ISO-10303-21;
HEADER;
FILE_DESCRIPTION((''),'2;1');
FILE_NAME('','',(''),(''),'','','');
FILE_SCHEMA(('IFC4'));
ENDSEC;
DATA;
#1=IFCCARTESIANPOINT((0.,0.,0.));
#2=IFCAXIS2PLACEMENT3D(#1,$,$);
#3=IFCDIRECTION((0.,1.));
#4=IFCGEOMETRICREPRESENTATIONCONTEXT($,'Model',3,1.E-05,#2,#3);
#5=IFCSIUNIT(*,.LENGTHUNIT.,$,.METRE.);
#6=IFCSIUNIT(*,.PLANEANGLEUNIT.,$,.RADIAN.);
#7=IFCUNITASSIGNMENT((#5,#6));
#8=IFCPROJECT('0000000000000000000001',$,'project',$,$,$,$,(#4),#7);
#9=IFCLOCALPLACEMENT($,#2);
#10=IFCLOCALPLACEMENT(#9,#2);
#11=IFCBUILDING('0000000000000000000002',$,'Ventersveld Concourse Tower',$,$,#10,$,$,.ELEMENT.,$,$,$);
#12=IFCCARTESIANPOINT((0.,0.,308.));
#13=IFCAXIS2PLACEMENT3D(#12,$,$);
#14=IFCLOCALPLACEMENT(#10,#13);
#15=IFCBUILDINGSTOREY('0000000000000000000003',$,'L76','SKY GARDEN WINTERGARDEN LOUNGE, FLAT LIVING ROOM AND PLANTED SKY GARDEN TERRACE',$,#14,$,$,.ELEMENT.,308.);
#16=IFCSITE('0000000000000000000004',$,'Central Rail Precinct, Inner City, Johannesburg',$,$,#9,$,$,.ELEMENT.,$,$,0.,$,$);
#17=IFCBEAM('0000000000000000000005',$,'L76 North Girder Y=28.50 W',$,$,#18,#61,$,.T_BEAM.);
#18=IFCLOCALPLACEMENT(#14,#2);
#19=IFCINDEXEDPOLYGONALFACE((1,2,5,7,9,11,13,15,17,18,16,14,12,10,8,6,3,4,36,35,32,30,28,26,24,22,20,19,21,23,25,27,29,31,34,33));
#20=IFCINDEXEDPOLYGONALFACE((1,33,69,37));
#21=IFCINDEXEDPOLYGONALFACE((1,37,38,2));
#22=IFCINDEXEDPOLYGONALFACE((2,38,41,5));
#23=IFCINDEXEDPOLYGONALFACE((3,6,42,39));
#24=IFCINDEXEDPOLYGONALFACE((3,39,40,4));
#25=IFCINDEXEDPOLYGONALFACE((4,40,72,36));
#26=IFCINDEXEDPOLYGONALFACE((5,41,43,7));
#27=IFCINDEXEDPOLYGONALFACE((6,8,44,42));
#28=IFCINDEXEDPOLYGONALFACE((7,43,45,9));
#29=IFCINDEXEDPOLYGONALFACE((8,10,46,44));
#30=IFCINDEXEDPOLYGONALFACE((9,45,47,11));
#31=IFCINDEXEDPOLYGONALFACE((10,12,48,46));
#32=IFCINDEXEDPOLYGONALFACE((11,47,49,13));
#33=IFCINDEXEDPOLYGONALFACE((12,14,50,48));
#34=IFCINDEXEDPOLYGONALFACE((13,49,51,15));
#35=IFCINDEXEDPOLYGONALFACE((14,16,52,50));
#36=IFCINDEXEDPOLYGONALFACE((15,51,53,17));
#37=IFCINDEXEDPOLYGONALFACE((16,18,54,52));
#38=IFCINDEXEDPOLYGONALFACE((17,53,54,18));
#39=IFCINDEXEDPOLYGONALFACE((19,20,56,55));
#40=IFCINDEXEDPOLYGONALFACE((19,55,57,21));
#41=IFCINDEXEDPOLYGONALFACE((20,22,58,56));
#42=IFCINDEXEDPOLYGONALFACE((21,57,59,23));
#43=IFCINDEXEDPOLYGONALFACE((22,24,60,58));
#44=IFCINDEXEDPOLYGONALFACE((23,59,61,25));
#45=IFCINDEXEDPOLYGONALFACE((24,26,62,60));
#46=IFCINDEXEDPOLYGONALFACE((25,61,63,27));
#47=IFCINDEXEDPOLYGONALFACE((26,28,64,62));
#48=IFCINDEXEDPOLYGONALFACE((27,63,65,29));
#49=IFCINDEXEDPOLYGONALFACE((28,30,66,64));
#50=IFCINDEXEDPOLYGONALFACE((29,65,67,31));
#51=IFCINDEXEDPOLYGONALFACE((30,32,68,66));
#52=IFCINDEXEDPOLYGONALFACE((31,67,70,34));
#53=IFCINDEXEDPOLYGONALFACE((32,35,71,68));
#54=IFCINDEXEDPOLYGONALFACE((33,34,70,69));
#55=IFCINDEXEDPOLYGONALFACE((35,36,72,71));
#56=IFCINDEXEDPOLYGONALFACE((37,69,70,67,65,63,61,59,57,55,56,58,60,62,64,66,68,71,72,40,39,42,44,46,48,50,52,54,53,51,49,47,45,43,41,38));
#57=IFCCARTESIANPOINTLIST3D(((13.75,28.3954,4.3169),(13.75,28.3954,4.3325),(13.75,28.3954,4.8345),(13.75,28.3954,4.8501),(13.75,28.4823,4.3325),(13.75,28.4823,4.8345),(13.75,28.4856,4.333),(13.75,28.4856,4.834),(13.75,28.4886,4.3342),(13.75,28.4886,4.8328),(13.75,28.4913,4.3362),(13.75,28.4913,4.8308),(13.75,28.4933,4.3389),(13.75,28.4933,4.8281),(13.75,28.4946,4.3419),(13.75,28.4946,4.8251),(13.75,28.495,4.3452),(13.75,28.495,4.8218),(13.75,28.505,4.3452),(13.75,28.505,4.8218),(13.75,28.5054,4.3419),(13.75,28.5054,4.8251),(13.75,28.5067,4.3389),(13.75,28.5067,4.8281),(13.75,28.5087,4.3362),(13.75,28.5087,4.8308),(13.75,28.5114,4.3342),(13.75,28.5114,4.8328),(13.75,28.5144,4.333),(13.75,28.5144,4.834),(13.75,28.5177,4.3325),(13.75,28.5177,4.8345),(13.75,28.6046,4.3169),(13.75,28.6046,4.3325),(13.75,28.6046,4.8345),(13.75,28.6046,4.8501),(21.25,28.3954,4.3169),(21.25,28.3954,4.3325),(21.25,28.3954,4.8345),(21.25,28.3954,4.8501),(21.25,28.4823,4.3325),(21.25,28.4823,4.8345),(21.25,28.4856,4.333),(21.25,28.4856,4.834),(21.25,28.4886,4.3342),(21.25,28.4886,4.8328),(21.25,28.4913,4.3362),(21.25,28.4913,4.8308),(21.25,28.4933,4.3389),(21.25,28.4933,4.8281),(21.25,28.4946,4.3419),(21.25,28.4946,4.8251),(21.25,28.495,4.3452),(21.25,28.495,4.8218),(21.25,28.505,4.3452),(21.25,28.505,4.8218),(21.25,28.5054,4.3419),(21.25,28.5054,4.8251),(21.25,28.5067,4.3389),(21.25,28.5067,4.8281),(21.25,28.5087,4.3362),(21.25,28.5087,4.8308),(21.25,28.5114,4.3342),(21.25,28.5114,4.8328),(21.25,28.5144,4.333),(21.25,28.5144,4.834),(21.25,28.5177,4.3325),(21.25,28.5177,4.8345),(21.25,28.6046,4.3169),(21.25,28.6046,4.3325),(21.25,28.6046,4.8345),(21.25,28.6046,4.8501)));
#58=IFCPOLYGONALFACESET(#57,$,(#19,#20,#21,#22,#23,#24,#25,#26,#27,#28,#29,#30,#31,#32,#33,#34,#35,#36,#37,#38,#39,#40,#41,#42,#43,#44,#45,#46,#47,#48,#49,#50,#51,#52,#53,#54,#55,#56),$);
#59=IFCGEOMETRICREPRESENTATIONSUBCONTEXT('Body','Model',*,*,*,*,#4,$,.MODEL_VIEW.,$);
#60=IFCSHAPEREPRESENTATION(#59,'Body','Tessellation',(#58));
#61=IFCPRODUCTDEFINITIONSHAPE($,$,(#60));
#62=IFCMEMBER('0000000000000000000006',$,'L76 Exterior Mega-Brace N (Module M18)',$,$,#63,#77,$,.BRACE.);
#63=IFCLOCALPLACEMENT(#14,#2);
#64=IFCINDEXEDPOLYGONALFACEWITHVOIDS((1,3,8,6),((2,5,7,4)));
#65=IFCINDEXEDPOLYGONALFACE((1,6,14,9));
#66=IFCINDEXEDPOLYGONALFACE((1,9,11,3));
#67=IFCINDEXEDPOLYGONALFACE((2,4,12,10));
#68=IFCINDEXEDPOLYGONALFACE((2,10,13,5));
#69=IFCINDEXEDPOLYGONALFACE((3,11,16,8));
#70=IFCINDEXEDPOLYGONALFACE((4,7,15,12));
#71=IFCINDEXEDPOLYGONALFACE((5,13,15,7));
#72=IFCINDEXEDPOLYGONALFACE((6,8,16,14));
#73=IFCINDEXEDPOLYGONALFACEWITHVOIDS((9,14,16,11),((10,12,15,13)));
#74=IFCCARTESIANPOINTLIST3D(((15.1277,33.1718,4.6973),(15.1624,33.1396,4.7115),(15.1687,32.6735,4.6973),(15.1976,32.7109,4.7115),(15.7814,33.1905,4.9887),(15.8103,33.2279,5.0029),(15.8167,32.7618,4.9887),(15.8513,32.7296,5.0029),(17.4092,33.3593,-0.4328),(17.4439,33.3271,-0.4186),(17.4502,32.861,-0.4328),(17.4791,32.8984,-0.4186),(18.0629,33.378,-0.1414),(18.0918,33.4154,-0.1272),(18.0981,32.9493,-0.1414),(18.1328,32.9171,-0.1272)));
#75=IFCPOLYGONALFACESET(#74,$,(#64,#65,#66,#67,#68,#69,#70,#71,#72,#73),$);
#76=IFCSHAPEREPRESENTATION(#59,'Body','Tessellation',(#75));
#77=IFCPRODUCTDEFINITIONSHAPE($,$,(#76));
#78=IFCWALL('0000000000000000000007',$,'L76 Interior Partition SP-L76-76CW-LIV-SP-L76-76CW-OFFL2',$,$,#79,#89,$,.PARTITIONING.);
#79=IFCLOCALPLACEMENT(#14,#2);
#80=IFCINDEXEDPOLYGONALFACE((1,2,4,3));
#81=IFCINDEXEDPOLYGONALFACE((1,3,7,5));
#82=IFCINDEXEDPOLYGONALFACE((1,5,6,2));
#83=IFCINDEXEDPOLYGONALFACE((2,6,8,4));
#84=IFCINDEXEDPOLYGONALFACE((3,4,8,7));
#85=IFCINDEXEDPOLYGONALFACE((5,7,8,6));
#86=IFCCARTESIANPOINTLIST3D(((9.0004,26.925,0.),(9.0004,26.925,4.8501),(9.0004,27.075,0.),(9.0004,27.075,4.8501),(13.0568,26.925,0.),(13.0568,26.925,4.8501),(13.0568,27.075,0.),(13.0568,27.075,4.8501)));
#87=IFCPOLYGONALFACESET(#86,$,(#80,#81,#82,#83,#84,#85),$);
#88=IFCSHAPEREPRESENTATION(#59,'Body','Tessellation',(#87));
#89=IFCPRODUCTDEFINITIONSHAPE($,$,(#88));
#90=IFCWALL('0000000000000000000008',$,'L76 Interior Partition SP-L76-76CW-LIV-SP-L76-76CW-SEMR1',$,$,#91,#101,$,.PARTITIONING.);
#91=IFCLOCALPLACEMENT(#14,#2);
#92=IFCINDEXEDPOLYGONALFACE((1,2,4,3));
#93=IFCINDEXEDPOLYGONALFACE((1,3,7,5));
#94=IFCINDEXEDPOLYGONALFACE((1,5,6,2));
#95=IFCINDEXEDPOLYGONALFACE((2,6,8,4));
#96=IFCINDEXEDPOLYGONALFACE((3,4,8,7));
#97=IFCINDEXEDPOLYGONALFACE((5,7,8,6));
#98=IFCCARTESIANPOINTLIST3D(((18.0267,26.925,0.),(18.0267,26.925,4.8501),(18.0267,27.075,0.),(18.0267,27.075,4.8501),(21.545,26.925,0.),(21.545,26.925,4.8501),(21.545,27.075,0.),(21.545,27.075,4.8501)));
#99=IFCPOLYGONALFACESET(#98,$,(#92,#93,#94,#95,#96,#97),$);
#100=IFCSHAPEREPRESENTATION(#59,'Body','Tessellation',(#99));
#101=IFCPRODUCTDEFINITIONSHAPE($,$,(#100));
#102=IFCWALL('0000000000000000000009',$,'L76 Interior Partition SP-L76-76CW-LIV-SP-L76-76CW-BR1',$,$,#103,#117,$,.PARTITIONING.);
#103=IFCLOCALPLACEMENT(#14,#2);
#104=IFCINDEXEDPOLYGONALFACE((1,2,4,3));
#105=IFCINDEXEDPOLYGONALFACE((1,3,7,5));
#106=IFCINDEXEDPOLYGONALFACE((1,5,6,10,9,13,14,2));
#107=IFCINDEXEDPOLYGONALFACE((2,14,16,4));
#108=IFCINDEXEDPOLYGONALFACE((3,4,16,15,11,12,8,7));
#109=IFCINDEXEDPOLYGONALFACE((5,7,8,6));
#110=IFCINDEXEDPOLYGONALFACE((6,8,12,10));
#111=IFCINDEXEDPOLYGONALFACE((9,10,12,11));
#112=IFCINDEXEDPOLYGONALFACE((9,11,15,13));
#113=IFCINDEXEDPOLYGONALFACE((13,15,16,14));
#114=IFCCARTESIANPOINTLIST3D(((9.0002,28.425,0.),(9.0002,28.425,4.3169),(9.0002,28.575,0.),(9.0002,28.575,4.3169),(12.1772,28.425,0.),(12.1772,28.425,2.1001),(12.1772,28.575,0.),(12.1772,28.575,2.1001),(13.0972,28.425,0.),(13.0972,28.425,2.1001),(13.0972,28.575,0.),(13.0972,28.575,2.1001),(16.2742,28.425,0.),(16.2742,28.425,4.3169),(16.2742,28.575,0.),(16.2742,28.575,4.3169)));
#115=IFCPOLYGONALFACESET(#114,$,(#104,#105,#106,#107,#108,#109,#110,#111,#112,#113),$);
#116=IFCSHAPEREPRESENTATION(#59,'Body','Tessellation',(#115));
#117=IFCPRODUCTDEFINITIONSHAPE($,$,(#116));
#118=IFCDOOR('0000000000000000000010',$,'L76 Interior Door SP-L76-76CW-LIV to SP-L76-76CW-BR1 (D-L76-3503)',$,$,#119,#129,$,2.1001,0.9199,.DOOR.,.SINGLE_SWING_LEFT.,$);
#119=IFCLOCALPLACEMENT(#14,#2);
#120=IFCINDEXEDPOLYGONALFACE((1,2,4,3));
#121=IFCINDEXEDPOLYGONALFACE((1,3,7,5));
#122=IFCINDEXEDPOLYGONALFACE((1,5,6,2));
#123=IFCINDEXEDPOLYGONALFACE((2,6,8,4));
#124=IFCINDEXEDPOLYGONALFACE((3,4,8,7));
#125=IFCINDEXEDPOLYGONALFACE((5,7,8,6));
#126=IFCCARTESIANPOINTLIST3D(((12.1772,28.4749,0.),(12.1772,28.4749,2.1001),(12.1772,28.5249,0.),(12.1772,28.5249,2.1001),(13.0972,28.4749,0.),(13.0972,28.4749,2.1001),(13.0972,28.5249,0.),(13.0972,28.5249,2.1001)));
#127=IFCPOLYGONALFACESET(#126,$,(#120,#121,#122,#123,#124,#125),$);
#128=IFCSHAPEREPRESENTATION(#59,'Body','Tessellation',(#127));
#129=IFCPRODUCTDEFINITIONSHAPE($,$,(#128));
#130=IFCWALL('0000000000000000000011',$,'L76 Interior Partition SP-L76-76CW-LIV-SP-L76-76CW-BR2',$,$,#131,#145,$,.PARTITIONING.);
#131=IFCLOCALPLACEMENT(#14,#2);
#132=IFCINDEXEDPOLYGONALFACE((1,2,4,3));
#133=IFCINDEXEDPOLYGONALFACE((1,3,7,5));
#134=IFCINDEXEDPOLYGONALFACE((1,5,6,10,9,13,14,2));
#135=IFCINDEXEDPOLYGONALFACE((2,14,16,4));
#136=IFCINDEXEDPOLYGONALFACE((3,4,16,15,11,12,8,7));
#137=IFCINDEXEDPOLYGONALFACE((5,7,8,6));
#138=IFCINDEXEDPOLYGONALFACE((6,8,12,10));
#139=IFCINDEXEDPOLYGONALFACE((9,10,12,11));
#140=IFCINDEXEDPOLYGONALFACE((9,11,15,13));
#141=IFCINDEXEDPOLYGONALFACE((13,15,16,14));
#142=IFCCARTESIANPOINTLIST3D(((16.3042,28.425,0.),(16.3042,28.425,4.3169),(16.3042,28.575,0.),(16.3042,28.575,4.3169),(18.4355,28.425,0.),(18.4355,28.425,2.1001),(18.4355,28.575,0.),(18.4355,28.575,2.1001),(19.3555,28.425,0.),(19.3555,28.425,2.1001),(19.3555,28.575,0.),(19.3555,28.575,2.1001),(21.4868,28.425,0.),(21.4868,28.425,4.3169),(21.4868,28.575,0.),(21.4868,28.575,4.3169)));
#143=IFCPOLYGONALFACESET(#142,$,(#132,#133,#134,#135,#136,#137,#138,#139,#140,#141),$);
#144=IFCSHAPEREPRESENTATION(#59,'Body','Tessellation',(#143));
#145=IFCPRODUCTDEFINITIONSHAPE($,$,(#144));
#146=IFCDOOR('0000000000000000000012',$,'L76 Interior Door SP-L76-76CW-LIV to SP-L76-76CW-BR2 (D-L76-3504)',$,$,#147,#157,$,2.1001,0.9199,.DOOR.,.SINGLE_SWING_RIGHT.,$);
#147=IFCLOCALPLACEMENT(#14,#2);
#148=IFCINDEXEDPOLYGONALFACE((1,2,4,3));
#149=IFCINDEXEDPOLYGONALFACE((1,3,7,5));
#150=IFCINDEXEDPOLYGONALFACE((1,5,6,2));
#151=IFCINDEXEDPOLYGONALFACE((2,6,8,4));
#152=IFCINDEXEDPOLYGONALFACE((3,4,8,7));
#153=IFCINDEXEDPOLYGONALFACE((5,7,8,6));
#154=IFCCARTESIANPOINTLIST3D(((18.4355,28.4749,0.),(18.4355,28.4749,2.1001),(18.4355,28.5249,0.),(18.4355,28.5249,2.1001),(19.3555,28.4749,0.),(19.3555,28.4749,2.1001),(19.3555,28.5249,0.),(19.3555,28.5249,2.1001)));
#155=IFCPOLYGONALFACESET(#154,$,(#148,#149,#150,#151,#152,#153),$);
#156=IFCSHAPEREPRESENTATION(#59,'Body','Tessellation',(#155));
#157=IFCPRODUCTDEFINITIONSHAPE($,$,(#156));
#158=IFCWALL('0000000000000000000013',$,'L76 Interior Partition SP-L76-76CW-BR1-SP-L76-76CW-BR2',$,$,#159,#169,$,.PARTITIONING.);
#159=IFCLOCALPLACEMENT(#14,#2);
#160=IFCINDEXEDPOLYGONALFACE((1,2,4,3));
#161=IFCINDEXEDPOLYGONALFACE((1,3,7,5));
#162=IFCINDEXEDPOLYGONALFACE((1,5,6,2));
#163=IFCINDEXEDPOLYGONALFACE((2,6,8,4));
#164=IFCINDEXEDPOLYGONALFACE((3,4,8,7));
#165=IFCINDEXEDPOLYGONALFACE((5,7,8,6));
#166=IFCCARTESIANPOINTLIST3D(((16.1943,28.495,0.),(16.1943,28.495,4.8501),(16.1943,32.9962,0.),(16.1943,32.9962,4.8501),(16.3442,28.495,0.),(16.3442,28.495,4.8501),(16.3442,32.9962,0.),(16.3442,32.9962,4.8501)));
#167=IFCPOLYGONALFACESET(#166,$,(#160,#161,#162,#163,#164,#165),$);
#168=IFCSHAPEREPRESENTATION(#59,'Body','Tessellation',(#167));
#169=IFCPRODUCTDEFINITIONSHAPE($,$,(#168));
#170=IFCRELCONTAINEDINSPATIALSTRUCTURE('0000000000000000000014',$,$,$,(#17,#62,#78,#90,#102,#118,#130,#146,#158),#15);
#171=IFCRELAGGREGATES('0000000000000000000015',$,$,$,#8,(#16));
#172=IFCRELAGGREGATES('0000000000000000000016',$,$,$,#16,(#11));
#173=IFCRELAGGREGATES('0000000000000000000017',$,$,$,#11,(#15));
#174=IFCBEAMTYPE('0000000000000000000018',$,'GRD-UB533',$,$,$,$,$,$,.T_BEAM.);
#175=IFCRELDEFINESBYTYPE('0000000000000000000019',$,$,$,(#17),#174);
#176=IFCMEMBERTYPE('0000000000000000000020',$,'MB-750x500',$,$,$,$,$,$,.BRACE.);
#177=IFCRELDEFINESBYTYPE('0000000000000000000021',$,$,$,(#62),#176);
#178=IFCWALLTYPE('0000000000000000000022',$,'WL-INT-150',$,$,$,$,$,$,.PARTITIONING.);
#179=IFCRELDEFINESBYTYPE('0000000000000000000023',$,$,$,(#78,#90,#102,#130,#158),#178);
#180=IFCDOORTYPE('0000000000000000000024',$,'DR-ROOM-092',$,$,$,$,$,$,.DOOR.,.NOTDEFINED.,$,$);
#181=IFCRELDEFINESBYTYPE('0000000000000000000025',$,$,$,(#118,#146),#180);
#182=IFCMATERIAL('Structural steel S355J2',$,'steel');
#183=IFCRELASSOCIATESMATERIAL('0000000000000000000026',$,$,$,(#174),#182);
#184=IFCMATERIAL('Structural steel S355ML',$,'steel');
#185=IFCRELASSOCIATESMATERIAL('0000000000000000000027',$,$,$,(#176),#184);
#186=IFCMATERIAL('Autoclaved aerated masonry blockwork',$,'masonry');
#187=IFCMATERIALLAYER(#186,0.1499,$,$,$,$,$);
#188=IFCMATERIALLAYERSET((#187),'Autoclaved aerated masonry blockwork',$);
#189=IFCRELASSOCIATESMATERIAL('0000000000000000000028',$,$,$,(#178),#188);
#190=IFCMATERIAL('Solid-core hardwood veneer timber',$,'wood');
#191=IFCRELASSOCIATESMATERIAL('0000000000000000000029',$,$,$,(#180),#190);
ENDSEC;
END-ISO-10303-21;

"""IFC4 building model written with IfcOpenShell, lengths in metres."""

from ifc_helpers import new_model, si_unit, direction, frame, frame_2d, origin, origin_2d, place, context, subcontext, project, spatial, rectangle, hollow_rectangle, i_section, extrude, material, layer, layer_set, material_profile, profile_set, type_object, element, fill, save


model = new_model("IFC4")

# Units and contexts
model_context = context("Model", 3, precision=1e-05, world=origin(), true_north=direction((0.0, 1.0)))
body_context = subcontext(model_context, "Body", "Model", "MODEL_VIEW")
ifc_project = project(units=[si_unit("LENGTHUNIT", "METRE"), si_unit("PLANEANGLEUNIT", "RADIAN")], contexts=[model_context])

# Site, building, storey
site_placement = place(None, origin())
site = spatial("IfcSite", under=ifc_project, at=site_placement, Name="Central Rail Precinct, Inner City, Johannesburg", CompositionType="ELEMENT", RefElevation=0.0)
building_placement = place(site_placement, origin())
building = spatial("IfcBuilding", under=site, at=building_placement, Name="Ventersveld Concourse Tower", CompositionType="ELEMENT")
storey_placement = place(building_placement, frame((0.0, 0.0, 308.0)))
storey = spatial("IfcBuildingStorey", under=building, at=storey_placement, Name="L76", Description="SKY GARDEN WINTERGARDEN LOUNGE, FLAT LIVING ROOM AND PLANTED SKY GARDEN TERRACE", CompositionType="ELEMENT", Elevation=308.0)

# Shared definitions
ifc_material_1 = material(Name="Structural steel S355J2", Category="steel")

# Beam
ifc_material_profile_1 = material_profile(ifc_material_1, i_section(OverallWidth=0.2092, OverallDepth=0.5332, WebThickness=0.01, FlangeThickness=0.0156, FilletRadius=0.0127, at=origin_2d()), Name="UB 533x210x92")
ifc_profile_set_1 = profile_set([ifc_material_profile_1], Name="Structural steel S355J2")
beam_type_1 = type_object("IfcBeamType", Name="GRD-UB533", PredefinedType="T_BEAM", material=ifc_profile_set_1)
for number, where, z_axis, x_axis, name in (
    (1, (13.75, 28.5, 4.5835), (1.0, 0.0, 0.0), (0.0, 1.0, 0.0), "L76 North Girder Y=28.50 W"),
):
    element("IfcBeam", number, at=place(storey_placement, frame(where, z_axis=z_axis, x_axis=x_axis)), inside=storey, type_object=beam_type_1, Name=name, PredefinedType="T_BEAM", context=body_context, shape_type="SweptSolid", body=[
        extrude(i_section(OverallWidth=0.2092, OverallDepth=0.5332, WebThickness=0.01, FlangeThickness=0.0156, FilletRadius=0.0127, at=origin_2d()), origin(), (0.0, 0.0, 1.0), 7.5),
    ])

# Member
ifc_material_2 = material(Name="Structural steel S355ML", Category="steel")
ifc_material_profile_2 = material_profile(ifc_material_2, hollow_rectangle(XDim=0.5, YDim=0.75, WallThickness=0.0349, at=origin_2d()), Name="BOX 750x500x35")
ifc_profile_set_2 = profile_set([ifc_material_profile_2], Name="Structural steel S355ML")
member_type = type_object("IfcMemberType", Name="MB-750x500", PredefinedType="BRACE", material=ifc_profile_set_2)
member_placement = place(storey_placement, frame((17.771, 33.1382, -0.28), z_axis=(-0.406126, -0.033377, 0.913207), x_axis=(0.081907, -0.99664, 0.0)))
element("IfcMember", 2, at=member_placement, inside=storey, type_object=member_type, Name="L76 Exterior Mega-Brace N (Module M18)", PredefinedType="BRACE", context=body_context, shape_type="SweptSolid", body=[
    extrude(hollow_rectangle(XDim=0.5, YDim=0.75, WallThickness=0.0349, at=origin_2d()), origin(), (0.0, 0.0, 1.0), 5.6177),
])

# Walls
ifc_material_3 = material(Name="Autoclaved aerated masonry blockwork", Category="masonry")
ifc_layer_1 = layer(ifc_material_3, 0.1499)
ifc_layer_set_1 = layer_set([ifc_layer_1], Name="Autoclaved aerated masonry blockwork")
wall_type_1 = type_object("IfcWallType", Name="WL-INT-150", PredefinedType="PARTITIONING", material=ifc_layer_set_1)
wall_1_placement = place(storey_placement, frame((9.0002, 27.0, 0.0), z_axis=(0.0, 0.0, 1.0), x_axis=(1.0, 0.0, 0.0)))
element("IfcWall", 3, at=wall_1_placement, inside=storey, type_object=wall_type_1, Name="L76 Interior Partition SP-L76-76CW-LIV-SP-L76-76CW-OFFL2", PredefinedType="PARTITIONING", context=body_context, shape_type="SweptSolid", body=[
    extrude(rectangle(XDim=4.0564, YDim=0.1499, at=frame_2d((2.0283, 0.0))), origin(), (0.0, 0.0, 1.0), 4.8501),
])
wall_2_placement = place(storey_placement, frame((18.0266, 27.0, 0.0), z_axis=(0.0, 0.0, 1.0), x_axis=(1.0, 0.0, 0.0)))
element("IfcWall", 4, at=wall_2_placement, inside=storey, type_object=wall_type_1, Name="L76 Interior Partition SP-L76-76CW-LIV-SP-L76-76CW-SEMR1", PredefinedType="PARTITIONING", context=body_context, shape_type="SweptSolid", body=[
    extrude(rectangle(XDim=3.5183, YDim=0.1499, at=frame_2d((1.7593, 0.0))), origin(), (0.0, 0.0, 1.0), 4.8501),
])

# Walls, openings, doors
wall_3_placement = place(storey_placement, frame((9.0002, 28.5, 0.0), z_axis=(0.0, 0.0, 1.0), x_axis=(1.0, 0.0, 0.0)))
wall_3 = element("IfcWall", 5, at=wall_3_placement, inside=storey, type_object=wall_type_1, Name="L76 Interior Partition SP-L76-76CW-LIV-SP-L76-76CW-BR1", PredefinedType="PARTITIONING", context=body_context, shape_type="SweptSolid", body=[
    extrude(rectangle(XDim=7.2739, YDim=0.1499, at=frame_2d((3.637, 0.0))), origin(), (0.0, 0.0, 1.0), 4.3169),
])
opening_1_placement = place(wall_3_placement, frame((3.177, 0.0, 0.0)))
opening_1 = element("IfcOpeningElement", 6, at=opening_1_placement, cuts=wall_3, PredefinedType="OPENING", context=body_context, shape_type="SweptSolid", body=[
    extrude(rectangle(XDim=0.9199, YDim=2.1001, at=frame_2d((0.46, 1.05))), frame((0.0, 0.085, 0.0), z_axis=(0.0, -1.0, 0.0), x_axis=(1.0, 0.0, 0.0)), (0.0, 0.0, 1.0), 0.1699),
])
ifc_material_4 = material(Name="Solid-core hardwood veneer timber", Category="wood")
door_type = type_object("IfcDoorType", Name="DR-ROOM-092", OperationType="NOTDEFINED", PredefinedType="DOOR", material=ifc_material_4)
door_1_placement = place(opening_1_placement, origin())
door_1 = element("IfcDoor", 7, at=door_1_placement, inside=storey, type_object=door_type, Name="L76 Interior Door SP-L76-76CW-LIV to SP-L76-76CW-BR1 (D-L76-3503)", OperationType="SINGLE_SWING_LEFT", OverallHeight=2.1001, OverallWidth=0.9199, PredefinedType="DOOR", context=body_context, shape_type="SweptSolid", body=[
    extrude(rectangle(XDim=0.9199, YDim=2.1001, at=frame_2d((0.46, 1.05))), frame((0.0, 0.0249, 0.0), z_axis=(0.0, -1.0, 0.0), x_axis=(1.0, 0.0, 0.0)), (0.0, 0.0, 1.0), 0.05),
])
fill(opening_1, door_1)
wall_4_placement = place(storey_placement, frame((16.3042, 28.5, 0.0), z_axis=(0.0, 0.0, 1.0), x_axis=(1.0, 0.0, 0.0)))
wall_4 = element("IfcWall", 8, at=wall_4_placement, inside=storey, type_object=wall_type_1, Name="L76 Interior Partition SP-L76-76CW-LIV-SP-L76-76CW-BR2", PredefinedType="PARTITIONING", context=body_context, shape_type="SweptSolid", body=[
    extrude(rectangle(XDim=5.1826, YDim=0.1499, at=frame_2d((2.5913, 0.0))), origin(), (0.0, 0.0, 1.0), 4.3169),
])
opening_2_placement = place(wall_4_placement, frame((2.1313, 0.0, 0.0)))
opening_2 = element("IfcOpeningElement", 9, at=opening_2_placement, cuts=wall_4, PredefinedType="OPENING", context=body_context, shape_type="SweptSolid", body=[
    extrude(rectangle(XDim=0.9199, YDim=2.1001, at=frame_2d((0.46, 1.05))), frame((0.0, 0.085, 0.0), z_axis=(0.0, -1.0, 0.0), x_axis=(1.0, 0.0, 0.0)), (0.0, 0.0, 1.0), 0.1699),
])
door_2_placement = place(opening_2_placement, origin())
door_2 = element("IfcDoor", 10, at=door_2_placement, inside=storey, type_object=door_type, Name="L76 Interior Door SP-L76-76CW-LIV to SP-L76-76CW-BR2 (D-L76-3504)", OperationType="SINGLE_SWING_RIGHT", OverallHeight=2.1001, OverallWidth=0.9199, PredefinedType="DOOR", context=body_context, shape_type="SweptSolid", body=[
    extrude(rectangle(XDim=0.9199, YDim=2.1001, at=frame_2d((0.46, 1.05))), frame((0.0, 0.0249, 0.0), z_axis=(0.0, -1.0, 0.0), x_axis=(1.0, 0.0, 0.0)), (0.0, 0.0, 1.0), 0.05),
])
fill(opening_2, door_2)

# Wall
wall_5_placement = place(storey_placement, frame((16.2693, 28.4951, 0.0), z_axis=(0.0, 0.0, 1.0), x_axis=(0.0, 1.0, 0.0)))
element("IfcWall", 11, at=wall_5_placement, inside=storey, type_object=wall_type_1, Name="L76 Interior Partition SP-L76-76CW-BR1-SP-L76-76CW-BR2", PredefinedType="PARTITIONING", context=body_context, shape_type="SweptSolid", body=[
    extrude(rectangle(XDim=4.5012, YDim=0.1499, at=frame_2d((2.2505, 0.0))), origin(), (0.0, 0.0, 1.0), 4.8501),
])

save(model, "model.ifc")
